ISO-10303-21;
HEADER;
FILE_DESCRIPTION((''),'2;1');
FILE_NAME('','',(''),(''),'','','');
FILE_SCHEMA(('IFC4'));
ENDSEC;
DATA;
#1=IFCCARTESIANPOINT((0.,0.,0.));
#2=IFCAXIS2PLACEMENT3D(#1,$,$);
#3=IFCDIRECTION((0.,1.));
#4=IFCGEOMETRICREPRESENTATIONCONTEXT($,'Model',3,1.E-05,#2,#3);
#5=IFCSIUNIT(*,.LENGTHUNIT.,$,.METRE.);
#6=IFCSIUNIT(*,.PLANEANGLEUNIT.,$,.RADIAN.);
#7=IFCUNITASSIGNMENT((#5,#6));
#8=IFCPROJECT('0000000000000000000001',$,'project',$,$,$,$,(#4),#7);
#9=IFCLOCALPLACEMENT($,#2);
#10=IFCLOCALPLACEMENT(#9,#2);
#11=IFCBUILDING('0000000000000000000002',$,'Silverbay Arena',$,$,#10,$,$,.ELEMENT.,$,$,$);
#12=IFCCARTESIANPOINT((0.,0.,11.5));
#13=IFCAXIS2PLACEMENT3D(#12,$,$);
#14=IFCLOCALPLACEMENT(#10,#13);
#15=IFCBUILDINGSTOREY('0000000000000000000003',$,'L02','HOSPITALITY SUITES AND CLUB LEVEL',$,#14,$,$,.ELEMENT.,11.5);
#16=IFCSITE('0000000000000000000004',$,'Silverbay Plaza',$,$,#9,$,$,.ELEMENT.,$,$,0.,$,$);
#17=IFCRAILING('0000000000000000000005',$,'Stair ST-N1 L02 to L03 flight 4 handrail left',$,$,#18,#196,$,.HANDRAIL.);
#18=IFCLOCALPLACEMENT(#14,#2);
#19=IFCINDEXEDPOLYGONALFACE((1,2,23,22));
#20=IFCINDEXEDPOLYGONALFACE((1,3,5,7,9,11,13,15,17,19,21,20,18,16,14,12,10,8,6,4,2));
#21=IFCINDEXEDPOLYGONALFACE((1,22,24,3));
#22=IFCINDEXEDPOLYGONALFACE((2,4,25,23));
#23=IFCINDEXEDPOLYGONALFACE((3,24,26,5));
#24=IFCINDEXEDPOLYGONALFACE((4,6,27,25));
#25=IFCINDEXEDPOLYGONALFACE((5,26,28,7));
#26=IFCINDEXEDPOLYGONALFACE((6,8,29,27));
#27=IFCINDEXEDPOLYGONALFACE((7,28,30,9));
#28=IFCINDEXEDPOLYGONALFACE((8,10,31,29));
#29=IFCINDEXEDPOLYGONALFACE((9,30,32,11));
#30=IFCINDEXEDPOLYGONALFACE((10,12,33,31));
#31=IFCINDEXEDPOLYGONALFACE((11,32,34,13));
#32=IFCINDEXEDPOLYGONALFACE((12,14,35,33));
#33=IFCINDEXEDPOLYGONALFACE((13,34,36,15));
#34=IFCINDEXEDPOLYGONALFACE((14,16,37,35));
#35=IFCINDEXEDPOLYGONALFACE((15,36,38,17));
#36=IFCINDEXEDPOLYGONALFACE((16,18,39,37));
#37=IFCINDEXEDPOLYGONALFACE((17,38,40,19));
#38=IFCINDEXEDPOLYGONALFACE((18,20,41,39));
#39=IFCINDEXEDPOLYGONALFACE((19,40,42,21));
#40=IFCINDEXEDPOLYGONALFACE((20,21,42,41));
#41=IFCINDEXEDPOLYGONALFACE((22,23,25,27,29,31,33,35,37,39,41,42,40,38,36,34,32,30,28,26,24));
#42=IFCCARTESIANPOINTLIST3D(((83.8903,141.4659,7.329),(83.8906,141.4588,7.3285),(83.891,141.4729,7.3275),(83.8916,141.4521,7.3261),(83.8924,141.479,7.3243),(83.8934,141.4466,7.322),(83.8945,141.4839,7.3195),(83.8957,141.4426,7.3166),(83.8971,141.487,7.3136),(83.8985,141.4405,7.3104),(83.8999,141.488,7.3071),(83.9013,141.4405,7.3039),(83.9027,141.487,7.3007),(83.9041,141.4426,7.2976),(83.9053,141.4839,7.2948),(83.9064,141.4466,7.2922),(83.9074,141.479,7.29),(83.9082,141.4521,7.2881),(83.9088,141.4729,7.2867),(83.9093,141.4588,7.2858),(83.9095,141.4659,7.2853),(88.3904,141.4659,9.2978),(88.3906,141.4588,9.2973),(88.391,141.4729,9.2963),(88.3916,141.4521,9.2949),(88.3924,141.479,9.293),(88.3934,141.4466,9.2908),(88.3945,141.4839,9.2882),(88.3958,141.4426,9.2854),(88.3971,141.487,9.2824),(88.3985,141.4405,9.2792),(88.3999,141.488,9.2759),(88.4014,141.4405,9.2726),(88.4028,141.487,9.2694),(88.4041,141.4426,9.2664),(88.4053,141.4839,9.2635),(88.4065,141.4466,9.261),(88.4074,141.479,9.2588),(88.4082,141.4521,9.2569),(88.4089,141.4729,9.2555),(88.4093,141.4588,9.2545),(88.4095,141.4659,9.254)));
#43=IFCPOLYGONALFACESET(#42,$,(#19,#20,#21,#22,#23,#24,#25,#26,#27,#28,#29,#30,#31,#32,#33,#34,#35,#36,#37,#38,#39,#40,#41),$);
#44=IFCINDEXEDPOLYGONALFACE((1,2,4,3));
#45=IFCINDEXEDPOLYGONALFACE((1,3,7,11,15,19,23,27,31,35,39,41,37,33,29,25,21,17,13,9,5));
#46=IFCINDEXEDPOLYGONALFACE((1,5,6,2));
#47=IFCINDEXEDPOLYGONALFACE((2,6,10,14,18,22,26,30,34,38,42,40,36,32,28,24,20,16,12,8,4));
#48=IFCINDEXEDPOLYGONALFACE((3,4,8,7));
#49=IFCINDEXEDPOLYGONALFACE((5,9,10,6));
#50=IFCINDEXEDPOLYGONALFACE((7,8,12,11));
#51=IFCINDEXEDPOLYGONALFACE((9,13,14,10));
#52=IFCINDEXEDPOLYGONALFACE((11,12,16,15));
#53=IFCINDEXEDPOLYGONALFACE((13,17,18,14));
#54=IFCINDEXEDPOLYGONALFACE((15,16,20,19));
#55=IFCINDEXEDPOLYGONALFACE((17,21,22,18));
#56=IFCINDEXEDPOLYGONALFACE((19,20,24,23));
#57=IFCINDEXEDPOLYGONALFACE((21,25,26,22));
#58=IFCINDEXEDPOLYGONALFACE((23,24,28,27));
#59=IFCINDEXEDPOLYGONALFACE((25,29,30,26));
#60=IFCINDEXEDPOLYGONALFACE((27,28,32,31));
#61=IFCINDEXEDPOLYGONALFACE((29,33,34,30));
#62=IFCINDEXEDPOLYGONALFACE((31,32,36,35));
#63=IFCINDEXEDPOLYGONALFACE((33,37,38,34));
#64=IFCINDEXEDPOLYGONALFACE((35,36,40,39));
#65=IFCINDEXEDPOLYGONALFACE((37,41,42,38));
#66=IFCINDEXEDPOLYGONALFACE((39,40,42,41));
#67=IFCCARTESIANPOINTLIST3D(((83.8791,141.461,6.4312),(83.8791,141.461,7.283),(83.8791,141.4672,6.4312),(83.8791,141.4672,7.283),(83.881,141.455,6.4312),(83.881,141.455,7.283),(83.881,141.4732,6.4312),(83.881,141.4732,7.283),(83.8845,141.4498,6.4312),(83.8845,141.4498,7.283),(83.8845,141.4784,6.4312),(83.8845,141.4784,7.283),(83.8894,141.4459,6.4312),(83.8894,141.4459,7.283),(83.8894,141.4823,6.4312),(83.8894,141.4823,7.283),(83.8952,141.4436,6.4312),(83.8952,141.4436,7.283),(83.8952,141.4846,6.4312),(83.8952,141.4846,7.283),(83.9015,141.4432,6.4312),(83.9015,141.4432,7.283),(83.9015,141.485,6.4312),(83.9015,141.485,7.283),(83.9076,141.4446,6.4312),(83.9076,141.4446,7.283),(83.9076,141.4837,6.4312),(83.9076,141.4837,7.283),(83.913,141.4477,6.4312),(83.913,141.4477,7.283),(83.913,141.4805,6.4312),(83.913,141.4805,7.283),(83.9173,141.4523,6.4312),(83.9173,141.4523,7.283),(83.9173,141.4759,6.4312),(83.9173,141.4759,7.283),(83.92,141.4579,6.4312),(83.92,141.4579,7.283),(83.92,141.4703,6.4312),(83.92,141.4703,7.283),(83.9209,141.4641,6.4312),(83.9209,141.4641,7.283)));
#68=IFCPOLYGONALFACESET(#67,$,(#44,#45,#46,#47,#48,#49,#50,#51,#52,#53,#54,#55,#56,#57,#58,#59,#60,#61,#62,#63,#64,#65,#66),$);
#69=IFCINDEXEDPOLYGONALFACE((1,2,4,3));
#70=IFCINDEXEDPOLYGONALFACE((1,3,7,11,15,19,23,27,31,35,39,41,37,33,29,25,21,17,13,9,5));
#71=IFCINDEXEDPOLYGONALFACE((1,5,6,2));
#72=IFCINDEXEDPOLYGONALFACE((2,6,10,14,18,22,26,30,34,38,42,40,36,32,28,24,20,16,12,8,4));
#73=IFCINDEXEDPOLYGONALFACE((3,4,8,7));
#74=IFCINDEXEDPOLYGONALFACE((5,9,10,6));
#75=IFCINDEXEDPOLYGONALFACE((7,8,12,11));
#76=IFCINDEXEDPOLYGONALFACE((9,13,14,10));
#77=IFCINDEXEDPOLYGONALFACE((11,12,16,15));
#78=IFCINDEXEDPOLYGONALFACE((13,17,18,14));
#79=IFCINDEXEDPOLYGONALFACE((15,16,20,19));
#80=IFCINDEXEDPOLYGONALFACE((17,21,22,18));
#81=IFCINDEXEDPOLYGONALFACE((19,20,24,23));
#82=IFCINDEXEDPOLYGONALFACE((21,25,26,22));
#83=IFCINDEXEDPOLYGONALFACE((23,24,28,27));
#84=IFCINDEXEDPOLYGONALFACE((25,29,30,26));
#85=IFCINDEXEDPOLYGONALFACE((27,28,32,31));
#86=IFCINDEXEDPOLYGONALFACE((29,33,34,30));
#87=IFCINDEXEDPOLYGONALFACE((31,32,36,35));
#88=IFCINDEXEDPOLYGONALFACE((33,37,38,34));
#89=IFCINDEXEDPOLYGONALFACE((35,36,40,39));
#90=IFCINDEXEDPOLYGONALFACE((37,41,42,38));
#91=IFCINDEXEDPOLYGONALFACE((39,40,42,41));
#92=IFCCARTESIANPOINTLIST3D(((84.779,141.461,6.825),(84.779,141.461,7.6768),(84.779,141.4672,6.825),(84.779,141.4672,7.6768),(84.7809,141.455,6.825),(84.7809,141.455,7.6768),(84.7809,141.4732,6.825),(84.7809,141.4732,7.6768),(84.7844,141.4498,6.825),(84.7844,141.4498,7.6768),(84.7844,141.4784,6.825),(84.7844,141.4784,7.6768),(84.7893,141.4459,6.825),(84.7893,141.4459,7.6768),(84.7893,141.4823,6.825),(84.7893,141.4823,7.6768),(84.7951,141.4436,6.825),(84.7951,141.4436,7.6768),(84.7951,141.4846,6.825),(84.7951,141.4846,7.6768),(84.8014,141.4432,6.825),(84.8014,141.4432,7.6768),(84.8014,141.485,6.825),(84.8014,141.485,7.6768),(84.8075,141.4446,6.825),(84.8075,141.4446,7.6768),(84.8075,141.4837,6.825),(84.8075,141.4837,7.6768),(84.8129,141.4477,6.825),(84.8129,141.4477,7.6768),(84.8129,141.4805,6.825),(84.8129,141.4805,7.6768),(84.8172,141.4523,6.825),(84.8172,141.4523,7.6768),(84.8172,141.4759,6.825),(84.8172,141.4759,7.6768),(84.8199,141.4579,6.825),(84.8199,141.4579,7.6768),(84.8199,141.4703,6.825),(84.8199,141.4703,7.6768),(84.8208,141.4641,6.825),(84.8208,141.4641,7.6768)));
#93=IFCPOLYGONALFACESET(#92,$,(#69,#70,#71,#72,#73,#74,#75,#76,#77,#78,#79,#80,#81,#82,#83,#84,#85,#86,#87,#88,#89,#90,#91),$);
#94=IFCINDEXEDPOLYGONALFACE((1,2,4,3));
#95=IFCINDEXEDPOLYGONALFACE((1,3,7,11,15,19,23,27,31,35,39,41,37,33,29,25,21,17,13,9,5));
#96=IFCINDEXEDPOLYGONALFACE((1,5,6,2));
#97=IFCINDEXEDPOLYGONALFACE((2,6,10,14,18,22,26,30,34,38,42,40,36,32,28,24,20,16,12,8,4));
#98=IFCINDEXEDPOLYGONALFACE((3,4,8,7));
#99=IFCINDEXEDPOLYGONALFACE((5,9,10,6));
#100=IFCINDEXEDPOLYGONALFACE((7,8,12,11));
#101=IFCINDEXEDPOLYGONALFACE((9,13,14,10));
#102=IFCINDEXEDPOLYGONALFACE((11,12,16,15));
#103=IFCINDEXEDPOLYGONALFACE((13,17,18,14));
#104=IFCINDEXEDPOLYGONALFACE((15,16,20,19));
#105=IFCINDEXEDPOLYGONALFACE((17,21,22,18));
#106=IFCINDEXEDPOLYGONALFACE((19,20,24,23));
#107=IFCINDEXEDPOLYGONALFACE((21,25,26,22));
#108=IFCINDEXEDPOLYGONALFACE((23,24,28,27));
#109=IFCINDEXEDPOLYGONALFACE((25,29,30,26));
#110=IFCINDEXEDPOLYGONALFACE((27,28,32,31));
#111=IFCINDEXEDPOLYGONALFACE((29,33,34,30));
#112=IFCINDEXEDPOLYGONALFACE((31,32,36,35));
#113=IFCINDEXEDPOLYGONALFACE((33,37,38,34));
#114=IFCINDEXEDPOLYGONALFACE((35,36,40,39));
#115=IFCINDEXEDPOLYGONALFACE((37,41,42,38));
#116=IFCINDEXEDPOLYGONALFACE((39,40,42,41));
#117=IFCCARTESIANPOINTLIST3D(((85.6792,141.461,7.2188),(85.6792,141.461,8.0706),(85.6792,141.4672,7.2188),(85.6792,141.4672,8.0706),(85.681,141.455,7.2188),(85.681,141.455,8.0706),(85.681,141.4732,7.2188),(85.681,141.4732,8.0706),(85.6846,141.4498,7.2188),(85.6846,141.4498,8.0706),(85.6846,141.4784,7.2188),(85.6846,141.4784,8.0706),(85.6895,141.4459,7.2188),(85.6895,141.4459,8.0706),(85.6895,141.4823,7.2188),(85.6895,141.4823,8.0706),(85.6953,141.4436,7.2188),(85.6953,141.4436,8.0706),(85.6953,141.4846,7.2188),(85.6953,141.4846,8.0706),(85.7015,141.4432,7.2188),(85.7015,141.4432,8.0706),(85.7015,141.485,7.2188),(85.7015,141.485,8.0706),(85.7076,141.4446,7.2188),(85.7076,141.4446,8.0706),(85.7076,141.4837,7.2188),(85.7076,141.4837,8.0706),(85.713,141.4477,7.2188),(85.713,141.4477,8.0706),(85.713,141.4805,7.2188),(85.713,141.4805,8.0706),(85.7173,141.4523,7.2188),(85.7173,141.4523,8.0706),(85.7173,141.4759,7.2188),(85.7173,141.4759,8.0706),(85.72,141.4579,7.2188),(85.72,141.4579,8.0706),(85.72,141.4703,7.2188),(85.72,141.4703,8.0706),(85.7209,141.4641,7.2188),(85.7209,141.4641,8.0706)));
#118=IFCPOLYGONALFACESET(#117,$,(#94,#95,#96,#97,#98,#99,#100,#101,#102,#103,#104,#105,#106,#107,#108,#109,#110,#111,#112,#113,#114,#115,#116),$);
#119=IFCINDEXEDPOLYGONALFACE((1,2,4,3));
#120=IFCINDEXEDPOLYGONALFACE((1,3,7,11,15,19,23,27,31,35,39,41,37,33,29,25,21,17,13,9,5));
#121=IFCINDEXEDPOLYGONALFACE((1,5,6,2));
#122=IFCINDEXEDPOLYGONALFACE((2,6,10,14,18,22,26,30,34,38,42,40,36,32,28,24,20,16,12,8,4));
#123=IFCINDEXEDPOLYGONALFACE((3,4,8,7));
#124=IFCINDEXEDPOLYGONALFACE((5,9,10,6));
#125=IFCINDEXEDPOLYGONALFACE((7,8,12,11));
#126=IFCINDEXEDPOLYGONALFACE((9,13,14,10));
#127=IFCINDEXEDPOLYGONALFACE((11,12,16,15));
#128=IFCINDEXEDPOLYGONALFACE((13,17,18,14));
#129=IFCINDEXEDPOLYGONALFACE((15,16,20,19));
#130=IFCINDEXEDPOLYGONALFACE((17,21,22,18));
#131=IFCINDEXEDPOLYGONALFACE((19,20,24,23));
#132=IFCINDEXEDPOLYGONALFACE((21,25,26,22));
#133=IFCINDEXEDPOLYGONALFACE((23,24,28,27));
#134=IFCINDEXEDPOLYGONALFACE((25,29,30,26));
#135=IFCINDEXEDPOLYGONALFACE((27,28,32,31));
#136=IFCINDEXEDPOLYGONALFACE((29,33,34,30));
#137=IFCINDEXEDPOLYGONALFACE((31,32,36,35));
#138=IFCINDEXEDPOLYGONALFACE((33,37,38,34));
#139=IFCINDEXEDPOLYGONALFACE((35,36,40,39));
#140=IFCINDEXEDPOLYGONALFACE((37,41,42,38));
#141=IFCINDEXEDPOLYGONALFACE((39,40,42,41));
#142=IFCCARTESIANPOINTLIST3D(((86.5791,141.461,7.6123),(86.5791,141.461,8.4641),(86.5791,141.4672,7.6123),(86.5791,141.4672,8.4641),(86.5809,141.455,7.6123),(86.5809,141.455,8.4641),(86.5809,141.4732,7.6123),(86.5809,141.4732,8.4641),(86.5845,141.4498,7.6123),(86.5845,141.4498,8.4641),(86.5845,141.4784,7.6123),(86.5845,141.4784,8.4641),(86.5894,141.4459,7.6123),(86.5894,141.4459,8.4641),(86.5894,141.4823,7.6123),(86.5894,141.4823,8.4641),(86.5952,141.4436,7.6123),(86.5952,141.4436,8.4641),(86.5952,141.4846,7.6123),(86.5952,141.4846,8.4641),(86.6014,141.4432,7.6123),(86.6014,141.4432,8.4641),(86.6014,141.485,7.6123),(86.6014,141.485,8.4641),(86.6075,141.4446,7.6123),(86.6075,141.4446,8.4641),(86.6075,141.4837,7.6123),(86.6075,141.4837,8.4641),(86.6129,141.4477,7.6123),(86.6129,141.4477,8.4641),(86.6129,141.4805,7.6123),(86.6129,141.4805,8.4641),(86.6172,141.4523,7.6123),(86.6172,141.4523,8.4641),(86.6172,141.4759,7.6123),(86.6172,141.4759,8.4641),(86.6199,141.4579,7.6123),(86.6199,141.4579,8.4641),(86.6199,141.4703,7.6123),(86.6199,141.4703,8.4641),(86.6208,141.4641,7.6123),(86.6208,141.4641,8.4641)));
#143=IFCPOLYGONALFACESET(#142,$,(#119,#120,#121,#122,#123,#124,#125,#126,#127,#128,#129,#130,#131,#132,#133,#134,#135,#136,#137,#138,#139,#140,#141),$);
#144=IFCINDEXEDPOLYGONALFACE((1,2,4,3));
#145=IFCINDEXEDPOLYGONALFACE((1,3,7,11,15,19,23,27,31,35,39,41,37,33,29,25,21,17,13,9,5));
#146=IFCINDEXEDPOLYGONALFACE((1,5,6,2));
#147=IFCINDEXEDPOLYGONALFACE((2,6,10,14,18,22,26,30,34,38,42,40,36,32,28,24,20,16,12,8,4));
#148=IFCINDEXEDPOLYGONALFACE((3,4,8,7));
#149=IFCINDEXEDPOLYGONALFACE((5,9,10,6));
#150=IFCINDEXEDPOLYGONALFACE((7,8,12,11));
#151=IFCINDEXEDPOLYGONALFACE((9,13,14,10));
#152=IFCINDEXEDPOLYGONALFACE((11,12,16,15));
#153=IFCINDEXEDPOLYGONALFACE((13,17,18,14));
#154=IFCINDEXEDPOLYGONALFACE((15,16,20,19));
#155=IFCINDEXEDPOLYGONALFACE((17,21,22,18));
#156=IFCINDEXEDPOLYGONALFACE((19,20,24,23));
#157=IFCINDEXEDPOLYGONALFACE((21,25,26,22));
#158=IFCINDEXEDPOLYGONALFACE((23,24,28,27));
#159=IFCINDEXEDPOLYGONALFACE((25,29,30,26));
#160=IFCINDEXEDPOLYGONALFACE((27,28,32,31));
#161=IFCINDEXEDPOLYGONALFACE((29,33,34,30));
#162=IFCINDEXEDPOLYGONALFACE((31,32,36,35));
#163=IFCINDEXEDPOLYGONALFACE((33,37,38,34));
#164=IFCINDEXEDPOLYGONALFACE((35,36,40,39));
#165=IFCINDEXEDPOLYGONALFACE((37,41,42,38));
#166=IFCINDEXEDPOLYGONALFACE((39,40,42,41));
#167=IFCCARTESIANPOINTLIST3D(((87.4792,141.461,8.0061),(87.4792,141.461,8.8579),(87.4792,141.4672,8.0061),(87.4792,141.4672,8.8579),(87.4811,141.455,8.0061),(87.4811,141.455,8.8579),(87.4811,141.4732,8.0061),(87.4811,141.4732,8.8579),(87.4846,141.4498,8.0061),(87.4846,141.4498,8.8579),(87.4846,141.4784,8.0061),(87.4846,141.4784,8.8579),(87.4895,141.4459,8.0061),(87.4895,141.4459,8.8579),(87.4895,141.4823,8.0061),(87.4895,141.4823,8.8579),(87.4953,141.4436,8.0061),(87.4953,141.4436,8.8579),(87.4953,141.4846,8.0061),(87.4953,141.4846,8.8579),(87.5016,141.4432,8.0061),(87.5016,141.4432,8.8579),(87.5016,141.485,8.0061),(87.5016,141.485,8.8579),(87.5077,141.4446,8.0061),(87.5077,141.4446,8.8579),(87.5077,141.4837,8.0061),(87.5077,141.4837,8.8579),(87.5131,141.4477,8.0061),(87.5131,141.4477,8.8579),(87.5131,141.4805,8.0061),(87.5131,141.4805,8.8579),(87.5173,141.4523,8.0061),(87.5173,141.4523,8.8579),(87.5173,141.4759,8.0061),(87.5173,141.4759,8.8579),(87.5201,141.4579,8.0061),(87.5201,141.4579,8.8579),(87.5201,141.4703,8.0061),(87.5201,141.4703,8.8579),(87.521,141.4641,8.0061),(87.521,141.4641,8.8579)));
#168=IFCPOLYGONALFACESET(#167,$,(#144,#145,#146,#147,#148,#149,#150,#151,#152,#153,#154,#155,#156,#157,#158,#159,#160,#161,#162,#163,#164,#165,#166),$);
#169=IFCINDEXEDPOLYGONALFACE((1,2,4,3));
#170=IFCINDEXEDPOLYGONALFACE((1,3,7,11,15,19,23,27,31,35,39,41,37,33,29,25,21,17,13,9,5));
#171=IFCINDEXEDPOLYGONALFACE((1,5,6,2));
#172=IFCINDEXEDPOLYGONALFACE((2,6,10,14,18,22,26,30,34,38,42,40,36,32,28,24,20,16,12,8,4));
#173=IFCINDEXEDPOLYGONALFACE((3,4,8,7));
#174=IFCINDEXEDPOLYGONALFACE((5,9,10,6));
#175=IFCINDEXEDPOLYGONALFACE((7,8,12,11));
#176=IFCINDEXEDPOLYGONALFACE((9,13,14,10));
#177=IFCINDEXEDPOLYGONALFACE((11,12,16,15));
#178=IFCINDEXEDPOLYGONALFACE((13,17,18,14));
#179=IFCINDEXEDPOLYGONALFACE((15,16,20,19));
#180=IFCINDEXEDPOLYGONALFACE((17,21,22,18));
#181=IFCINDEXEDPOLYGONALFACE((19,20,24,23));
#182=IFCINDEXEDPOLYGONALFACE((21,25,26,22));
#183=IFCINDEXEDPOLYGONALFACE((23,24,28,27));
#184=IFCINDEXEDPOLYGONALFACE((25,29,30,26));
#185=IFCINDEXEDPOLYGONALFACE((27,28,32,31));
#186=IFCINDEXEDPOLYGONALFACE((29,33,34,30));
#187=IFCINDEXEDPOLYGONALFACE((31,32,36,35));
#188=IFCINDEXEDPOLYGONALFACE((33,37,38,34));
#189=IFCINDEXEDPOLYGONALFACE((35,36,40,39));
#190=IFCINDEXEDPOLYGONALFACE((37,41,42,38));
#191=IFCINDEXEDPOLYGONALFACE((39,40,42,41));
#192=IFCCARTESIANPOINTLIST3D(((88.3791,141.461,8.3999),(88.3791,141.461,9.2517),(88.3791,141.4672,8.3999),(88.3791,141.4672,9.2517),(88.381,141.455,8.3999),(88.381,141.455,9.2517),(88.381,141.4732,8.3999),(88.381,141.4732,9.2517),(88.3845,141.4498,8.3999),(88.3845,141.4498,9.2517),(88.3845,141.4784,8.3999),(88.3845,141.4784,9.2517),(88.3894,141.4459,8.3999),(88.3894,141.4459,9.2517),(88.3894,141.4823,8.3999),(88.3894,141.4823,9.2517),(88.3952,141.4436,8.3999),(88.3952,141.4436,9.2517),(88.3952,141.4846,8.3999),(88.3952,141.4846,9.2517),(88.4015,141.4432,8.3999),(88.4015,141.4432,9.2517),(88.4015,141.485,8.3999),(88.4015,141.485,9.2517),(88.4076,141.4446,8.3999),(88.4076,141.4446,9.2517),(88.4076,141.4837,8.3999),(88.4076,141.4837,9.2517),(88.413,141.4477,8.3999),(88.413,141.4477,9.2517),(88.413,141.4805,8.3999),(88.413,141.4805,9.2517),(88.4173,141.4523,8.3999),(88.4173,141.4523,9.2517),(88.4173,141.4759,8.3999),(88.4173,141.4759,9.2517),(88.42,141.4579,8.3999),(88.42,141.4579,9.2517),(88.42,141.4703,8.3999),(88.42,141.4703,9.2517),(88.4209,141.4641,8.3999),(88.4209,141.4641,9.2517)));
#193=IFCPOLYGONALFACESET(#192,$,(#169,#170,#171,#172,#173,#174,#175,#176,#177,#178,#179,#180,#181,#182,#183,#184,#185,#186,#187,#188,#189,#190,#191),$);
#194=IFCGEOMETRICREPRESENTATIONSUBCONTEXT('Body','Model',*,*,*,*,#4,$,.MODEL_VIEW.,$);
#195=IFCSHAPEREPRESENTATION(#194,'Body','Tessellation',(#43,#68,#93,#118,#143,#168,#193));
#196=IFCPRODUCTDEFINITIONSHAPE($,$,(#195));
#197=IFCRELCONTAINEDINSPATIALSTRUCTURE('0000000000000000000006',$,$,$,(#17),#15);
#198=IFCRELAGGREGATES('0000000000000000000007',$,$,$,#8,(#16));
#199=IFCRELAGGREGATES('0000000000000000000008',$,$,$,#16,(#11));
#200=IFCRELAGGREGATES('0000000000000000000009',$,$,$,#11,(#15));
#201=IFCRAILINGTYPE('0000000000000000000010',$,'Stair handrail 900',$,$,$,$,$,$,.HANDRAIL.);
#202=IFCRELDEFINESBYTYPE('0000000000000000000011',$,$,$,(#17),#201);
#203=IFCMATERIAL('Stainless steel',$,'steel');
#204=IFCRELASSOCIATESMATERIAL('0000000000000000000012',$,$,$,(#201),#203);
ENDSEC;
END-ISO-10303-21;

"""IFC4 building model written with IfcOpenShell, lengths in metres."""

from ifc_helpers import new_model, si_unit, direction, frame, origin, origin_2d, place, context, subcontext, project, spatial, circle, extrude, material, type_object, element, save


model = new_model("IFC4")

# Units and contexts
model_context = context("Model", 3, precision=1e-05, world=origin(), true_north=direction((0.0, 1.0)))
body_context = subcontext(model_context, "Body", "Model", "MODEL_VIEW")
ifc_project = project(units=[si_unit("LENGTHUNIT", "METRE"), si_unit("PLANEANGLEUNIT", "RADIAN")], contexts=[model_context])

# Site, building, storey
site_placement = place(None, origin())
site = spatial("IfcSite", under=ifc_project, at=site_placement, Name="Silverbay Plaza", CompositionType="ELEMENT", RefElevation=0.0)
building_placement = place(site_placement, origin())
building = spatial("IfcBuilding", under=site, at=building_placement, Name="Silverbay Arena", CompositionType="ELEMENT")
storey_placement = place(building_placement, frame((0.0, 0.0, 11.5)))
storey = spatial("IfcBuildingStorey", under=building, at=storey_placement, Name="L02", Description="HOSPITALITY SUITES AND CLUB LEVEL", CompositionType="ELEMENT", Elevation=11.5)

# Railing
ifc_material_1 = material(Name="Stainless steel", Category="steel")
railing_type_1 = type_object("IfcRailingType", Name="Stair handrail 900", PredefinedType="HANDRAIL", material=ifc_material_1)
for number, where, name in (
    (1, (83.8999, 141.4641, 6.4312), "Stair ST-N1 L02 to L03 flight 4 handrail left"),
):
    element("IfcRailing", number, at=place(storey_placement, frame(where)), inside=storey, type_object=railing_type_1, Name=name, PredefinedType="HANDRAIL", context=body_context, shape_type="SweptSolid", body=[
        extrude(circle(Radius=0.0239, at=origin_2d()), frame((0.0, 0.0, 0.876), z_axis=(0.916157, 0.0, 0.400819), x_axis=(0.0, 1.0, 0.0)), (0.0, 0.0, 1.0), 4.9119),
        extrude(circle(Radius=0.021, at=origin_2d()), origin(), (0.0, 0.0, 1.0), 0.8518),
        extrude(circle(Radius=0.021, at=origin_2d()), frame((0.8999, 0.0, 0.3938)), (0.0, 0.0, 1.0), 0.8518),
        extrude(circle(Radius=0.021, at=origin_2d()), frame((1.8, 0.0, 0.7876)), (0.0, 0.0, 1.0), 0.8518),
        extrude(circle(Radius=0.021, at=origin_2d()), frame((2.7, 0.0, 1.1812)), (0.0, 0.0, 1.0), 0.8518),
        extrude(circle(Radius=0.021, at=origin_2d()), frame((3.6001, 0.0, 1.575)), (0.0, 0.0, 1.0), 0.8518),
        extrude(circle(Radius=0.021, at=origin_2d()), frame((4.5, 0.0, 1.9688)), (0.0, 0.0, 1.0), 0.8518),
    ])

save(model, "model.ifc")
